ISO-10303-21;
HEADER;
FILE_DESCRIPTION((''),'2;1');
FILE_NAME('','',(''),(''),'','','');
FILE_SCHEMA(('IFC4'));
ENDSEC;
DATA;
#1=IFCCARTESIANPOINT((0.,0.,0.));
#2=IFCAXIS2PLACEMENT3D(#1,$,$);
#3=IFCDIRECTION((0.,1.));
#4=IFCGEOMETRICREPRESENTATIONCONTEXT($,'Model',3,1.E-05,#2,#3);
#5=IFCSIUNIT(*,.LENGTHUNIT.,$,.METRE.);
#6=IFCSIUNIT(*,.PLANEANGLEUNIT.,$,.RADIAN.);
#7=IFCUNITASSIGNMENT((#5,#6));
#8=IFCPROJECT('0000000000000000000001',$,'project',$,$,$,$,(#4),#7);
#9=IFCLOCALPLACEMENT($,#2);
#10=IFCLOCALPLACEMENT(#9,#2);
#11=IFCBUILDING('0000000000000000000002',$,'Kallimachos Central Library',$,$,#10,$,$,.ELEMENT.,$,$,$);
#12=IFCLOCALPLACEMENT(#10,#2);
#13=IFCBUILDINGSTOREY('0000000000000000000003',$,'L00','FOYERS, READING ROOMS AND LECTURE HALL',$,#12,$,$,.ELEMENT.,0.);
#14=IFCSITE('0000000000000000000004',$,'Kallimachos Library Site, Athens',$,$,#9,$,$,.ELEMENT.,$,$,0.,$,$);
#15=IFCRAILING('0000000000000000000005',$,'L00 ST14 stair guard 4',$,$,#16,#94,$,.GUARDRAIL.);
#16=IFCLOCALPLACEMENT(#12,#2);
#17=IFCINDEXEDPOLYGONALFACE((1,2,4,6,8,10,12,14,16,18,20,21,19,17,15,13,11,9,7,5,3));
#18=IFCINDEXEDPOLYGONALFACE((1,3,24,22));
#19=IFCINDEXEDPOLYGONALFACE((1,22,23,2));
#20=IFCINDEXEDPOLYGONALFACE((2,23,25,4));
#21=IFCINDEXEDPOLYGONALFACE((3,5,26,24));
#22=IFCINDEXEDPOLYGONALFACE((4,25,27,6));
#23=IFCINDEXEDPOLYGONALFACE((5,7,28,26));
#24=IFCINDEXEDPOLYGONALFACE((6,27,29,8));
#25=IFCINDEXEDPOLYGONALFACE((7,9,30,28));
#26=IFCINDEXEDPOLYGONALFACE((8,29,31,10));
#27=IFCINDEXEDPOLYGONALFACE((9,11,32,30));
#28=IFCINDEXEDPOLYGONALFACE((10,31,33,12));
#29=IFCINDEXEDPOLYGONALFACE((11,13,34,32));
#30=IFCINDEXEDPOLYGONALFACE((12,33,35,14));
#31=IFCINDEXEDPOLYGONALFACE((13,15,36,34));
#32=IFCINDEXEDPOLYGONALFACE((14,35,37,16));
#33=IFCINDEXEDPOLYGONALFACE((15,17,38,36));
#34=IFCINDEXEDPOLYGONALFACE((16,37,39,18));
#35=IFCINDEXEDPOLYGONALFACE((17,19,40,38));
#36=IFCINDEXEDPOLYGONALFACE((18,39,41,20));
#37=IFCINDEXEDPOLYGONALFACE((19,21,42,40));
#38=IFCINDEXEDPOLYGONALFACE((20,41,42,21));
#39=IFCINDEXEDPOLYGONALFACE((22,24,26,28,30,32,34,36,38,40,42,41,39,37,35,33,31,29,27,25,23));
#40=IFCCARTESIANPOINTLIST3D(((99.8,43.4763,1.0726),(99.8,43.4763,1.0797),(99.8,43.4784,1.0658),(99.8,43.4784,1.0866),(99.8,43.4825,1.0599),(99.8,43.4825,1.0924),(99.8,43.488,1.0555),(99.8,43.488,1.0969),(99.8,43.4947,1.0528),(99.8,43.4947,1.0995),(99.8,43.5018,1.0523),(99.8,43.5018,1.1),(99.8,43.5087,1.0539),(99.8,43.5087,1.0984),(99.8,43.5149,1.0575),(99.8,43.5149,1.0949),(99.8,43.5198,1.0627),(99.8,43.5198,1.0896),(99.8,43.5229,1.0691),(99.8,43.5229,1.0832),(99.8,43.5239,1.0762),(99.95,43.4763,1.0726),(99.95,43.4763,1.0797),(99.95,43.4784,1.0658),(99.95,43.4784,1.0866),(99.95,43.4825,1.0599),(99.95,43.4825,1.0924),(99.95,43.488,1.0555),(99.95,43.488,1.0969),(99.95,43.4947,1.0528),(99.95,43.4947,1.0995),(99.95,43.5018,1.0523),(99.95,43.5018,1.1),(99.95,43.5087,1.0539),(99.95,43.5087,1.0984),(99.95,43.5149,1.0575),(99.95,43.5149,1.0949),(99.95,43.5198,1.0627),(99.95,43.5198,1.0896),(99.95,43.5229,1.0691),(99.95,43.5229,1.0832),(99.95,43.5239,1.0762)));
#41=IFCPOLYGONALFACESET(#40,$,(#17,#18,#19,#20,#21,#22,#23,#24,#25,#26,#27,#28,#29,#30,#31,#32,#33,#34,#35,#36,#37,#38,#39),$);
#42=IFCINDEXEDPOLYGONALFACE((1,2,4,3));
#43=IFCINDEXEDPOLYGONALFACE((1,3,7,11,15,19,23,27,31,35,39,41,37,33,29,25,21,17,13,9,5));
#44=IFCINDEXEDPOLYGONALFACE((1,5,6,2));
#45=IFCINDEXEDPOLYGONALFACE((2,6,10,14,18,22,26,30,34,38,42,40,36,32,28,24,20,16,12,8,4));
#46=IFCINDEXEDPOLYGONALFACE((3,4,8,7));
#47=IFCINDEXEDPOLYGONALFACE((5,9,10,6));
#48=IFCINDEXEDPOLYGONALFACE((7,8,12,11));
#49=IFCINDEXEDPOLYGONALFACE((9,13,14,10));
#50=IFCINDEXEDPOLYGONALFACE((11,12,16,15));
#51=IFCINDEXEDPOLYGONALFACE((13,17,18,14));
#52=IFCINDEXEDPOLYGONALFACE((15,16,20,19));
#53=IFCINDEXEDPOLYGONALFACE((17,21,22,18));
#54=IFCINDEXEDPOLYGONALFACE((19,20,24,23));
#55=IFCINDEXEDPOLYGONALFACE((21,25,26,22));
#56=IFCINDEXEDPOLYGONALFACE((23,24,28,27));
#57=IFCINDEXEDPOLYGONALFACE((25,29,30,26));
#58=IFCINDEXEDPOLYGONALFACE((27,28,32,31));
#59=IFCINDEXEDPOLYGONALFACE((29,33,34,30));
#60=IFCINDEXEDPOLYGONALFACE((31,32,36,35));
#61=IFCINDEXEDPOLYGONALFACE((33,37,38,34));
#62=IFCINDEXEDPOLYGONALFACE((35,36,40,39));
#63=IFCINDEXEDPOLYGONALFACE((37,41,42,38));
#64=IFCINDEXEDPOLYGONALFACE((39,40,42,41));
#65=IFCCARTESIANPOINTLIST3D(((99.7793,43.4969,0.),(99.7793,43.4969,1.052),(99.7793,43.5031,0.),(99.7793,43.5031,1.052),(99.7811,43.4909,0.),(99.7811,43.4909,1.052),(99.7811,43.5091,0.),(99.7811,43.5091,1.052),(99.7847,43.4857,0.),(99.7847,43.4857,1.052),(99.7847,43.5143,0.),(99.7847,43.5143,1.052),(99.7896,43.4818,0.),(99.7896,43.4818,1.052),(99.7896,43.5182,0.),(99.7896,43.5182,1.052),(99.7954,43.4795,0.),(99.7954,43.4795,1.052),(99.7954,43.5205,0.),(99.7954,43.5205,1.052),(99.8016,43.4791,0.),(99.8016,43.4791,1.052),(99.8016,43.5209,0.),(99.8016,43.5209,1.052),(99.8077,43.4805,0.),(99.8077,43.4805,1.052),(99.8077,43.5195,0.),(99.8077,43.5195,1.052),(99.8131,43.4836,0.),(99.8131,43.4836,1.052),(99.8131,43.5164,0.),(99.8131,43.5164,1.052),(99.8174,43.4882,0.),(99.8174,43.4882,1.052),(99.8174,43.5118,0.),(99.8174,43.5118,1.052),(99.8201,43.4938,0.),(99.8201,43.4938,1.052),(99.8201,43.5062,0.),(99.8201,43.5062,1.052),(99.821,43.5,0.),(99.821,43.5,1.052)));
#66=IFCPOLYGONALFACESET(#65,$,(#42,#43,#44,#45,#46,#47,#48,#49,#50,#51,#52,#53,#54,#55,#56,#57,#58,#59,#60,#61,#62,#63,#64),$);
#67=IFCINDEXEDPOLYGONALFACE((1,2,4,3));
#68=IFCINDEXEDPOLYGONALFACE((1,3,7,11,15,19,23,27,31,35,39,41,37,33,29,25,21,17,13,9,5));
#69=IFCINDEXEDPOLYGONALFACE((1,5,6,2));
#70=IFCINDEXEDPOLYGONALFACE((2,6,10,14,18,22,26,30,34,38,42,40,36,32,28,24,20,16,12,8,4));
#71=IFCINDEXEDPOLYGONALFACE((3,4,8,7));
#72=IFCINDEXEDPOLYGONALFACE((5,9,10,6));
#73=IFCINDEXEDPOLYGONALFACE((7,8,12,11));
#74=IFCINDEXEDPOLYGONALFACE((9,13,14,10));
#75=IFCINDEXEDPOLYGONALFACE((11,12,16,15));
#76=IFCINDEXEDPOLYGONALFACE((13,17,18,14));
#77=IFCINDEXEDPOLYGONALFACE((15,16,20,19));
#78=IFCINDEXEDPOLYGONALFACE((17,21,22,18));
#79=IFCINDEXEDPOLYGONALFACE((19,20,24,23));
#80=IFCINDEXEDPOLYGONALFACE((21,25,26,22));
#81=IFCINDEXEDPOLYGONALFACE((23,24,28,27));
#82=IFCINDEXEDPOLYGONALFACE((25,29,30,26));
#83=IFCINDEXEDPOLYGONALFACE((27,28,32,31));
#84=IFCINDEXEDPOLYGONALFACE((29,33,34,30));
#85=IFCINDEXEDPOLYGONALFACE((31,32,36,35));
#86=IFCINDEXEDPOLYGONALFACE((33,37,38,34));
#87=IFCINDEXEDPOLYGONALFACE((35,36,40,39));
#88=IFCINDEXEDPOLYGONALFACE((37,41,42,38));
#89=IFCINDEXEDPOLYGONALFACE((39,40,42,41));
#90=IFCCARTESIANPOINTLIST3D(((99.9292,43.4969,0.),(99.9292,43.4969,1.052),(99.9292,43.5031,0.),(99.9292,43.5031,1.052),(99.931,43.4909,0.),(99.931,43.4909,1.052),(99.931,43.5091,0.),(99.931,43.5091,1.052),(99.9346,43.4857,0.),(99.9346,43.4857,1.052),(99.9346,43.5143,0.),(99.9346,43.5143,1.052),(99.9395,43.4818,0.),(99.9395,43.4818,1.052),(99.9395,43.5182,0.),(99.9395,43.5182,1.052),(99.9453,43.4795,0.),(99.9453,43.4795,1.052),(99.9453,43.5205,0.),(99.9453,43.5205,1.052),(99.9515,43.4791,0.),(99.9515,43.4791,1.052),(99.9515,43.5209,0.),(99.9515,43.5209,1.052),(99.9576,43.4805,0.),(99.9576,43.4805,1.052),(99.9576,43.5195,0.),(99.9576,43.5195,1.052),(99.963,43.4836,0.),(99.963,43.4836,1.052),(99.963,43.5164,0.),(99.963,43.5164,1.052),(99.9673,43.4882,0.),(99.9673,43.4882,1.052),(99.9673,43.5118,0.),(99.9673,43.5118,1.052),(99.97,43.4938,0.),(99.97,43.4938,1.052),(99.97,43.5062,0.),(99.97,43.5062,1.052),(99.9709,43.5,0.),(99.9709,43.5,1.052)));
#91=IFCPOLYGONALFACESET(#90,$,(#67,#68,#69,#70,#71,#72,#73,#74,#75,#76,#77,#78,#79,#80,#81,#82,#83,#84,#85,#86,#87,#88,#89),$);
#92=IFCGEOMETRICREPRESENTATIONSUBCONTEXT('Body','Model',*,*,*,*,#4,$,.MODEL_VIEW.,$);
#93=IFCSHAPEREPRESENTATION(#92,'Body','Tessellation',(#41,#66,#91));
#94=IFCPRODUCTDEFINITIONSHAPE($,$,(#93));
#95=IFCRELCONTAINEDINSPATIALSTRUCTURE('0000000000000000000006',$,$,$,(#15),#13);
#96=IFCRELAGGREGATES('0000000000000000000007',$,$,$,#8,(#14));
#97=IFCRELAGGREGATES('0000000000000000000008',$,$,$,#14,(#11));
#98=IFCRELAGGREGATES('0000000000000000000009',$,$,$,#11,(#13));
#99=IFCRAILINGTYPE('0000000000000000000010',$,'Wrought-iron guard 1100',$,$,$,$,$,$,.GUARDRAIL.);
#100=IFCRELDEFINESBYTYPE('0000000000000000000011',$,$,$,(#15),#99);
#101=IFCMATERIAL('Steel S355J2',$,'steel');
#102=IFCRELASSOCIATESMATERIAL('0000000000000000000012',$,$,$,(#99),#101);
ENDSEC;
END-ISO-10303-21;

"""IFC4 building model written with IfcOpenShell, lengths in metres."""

from ifc_helpers import new_model, si_unit, direction, frame, origin, origin_2d, place, context, subcontext, project, spatial, circle, extrude, material, type_object, element, save


model = new_model("IFC4")

# Units and contexts
model_context = context("Model", 3, precision=1e-05, world=origin(), true_north=direction((0.0, 1.0)))
body_context = subcontext(model_context, "Body", "Model", "MODEL_VIEW")
ifc_project = project(units=[si_unit("LENGTHUNIT", "METRE"), si_unit("PLANEANGLEUNIT", "RADIAN")], contexts=[model_context])

# Site, building, storey
site_placement = place(None, origin())
site = spatial("IfcSite", under=ifc_project, at=site_placement, Name="Kallimachos Library Site, Athens", CompositionType="ELEMENT", RefElevation=0.0)
building_placement = place(site_placement, origin())
building = spatial("IfcBuilding", under=site, at=building_placement, Name="Kallimachos Central Library", CompositionType="ELEMENT")
storey_placement = place(building_placement, origin())
storey = spatial("IfcBuildingStorey", under=building, at=storey_placement, Name="L00", Description="FOYERS, READING ROOMS AND LECTURE HALL", CompositionType="ELEMENT", Elevation=0.0)

# Railing
ifc_material_1 = material(Name="Steel S355J2", Category="steel")
railing_type_1 = type_object("IfcRailingType", Name="Wrought-iron guard 1100", PredefinedType="GUARDRAIL", material=ifc_material_1)
railing_1_placement = place(storey_placement, frame((99.8, 43.5, 0.0)))
element("IfcRailing", 1, at=railing_1_placement, inside=storey, type_object=railing_type_1, Name="L00 ST14 stair guard 4", PredefinedType="GUARDRAIL", context=body_context, shape_type="SweptSolid", body=[
    extrude(circle(Radius=0.0239, at=origin_2d()), frame((0.0, 0.0, 1.0762), z_axis=(1.0, 0.0, 0.0), x_axis=(0.0, 1.0, 0.0)), (0.0, 0.0, 1.0), 0.1499),
    extrude(circle(Radius=0.021, at=origin_2d()), origin(), (0.0, 0.0, 1.0), 1.052),
    extrude(circle(Radius=0.021, at=origin_2d()), frame((0.1499, 0.0, 0.0)), (0.0, 0.0, 1.0), 1.052),
])

save(model, "model.ifc")
